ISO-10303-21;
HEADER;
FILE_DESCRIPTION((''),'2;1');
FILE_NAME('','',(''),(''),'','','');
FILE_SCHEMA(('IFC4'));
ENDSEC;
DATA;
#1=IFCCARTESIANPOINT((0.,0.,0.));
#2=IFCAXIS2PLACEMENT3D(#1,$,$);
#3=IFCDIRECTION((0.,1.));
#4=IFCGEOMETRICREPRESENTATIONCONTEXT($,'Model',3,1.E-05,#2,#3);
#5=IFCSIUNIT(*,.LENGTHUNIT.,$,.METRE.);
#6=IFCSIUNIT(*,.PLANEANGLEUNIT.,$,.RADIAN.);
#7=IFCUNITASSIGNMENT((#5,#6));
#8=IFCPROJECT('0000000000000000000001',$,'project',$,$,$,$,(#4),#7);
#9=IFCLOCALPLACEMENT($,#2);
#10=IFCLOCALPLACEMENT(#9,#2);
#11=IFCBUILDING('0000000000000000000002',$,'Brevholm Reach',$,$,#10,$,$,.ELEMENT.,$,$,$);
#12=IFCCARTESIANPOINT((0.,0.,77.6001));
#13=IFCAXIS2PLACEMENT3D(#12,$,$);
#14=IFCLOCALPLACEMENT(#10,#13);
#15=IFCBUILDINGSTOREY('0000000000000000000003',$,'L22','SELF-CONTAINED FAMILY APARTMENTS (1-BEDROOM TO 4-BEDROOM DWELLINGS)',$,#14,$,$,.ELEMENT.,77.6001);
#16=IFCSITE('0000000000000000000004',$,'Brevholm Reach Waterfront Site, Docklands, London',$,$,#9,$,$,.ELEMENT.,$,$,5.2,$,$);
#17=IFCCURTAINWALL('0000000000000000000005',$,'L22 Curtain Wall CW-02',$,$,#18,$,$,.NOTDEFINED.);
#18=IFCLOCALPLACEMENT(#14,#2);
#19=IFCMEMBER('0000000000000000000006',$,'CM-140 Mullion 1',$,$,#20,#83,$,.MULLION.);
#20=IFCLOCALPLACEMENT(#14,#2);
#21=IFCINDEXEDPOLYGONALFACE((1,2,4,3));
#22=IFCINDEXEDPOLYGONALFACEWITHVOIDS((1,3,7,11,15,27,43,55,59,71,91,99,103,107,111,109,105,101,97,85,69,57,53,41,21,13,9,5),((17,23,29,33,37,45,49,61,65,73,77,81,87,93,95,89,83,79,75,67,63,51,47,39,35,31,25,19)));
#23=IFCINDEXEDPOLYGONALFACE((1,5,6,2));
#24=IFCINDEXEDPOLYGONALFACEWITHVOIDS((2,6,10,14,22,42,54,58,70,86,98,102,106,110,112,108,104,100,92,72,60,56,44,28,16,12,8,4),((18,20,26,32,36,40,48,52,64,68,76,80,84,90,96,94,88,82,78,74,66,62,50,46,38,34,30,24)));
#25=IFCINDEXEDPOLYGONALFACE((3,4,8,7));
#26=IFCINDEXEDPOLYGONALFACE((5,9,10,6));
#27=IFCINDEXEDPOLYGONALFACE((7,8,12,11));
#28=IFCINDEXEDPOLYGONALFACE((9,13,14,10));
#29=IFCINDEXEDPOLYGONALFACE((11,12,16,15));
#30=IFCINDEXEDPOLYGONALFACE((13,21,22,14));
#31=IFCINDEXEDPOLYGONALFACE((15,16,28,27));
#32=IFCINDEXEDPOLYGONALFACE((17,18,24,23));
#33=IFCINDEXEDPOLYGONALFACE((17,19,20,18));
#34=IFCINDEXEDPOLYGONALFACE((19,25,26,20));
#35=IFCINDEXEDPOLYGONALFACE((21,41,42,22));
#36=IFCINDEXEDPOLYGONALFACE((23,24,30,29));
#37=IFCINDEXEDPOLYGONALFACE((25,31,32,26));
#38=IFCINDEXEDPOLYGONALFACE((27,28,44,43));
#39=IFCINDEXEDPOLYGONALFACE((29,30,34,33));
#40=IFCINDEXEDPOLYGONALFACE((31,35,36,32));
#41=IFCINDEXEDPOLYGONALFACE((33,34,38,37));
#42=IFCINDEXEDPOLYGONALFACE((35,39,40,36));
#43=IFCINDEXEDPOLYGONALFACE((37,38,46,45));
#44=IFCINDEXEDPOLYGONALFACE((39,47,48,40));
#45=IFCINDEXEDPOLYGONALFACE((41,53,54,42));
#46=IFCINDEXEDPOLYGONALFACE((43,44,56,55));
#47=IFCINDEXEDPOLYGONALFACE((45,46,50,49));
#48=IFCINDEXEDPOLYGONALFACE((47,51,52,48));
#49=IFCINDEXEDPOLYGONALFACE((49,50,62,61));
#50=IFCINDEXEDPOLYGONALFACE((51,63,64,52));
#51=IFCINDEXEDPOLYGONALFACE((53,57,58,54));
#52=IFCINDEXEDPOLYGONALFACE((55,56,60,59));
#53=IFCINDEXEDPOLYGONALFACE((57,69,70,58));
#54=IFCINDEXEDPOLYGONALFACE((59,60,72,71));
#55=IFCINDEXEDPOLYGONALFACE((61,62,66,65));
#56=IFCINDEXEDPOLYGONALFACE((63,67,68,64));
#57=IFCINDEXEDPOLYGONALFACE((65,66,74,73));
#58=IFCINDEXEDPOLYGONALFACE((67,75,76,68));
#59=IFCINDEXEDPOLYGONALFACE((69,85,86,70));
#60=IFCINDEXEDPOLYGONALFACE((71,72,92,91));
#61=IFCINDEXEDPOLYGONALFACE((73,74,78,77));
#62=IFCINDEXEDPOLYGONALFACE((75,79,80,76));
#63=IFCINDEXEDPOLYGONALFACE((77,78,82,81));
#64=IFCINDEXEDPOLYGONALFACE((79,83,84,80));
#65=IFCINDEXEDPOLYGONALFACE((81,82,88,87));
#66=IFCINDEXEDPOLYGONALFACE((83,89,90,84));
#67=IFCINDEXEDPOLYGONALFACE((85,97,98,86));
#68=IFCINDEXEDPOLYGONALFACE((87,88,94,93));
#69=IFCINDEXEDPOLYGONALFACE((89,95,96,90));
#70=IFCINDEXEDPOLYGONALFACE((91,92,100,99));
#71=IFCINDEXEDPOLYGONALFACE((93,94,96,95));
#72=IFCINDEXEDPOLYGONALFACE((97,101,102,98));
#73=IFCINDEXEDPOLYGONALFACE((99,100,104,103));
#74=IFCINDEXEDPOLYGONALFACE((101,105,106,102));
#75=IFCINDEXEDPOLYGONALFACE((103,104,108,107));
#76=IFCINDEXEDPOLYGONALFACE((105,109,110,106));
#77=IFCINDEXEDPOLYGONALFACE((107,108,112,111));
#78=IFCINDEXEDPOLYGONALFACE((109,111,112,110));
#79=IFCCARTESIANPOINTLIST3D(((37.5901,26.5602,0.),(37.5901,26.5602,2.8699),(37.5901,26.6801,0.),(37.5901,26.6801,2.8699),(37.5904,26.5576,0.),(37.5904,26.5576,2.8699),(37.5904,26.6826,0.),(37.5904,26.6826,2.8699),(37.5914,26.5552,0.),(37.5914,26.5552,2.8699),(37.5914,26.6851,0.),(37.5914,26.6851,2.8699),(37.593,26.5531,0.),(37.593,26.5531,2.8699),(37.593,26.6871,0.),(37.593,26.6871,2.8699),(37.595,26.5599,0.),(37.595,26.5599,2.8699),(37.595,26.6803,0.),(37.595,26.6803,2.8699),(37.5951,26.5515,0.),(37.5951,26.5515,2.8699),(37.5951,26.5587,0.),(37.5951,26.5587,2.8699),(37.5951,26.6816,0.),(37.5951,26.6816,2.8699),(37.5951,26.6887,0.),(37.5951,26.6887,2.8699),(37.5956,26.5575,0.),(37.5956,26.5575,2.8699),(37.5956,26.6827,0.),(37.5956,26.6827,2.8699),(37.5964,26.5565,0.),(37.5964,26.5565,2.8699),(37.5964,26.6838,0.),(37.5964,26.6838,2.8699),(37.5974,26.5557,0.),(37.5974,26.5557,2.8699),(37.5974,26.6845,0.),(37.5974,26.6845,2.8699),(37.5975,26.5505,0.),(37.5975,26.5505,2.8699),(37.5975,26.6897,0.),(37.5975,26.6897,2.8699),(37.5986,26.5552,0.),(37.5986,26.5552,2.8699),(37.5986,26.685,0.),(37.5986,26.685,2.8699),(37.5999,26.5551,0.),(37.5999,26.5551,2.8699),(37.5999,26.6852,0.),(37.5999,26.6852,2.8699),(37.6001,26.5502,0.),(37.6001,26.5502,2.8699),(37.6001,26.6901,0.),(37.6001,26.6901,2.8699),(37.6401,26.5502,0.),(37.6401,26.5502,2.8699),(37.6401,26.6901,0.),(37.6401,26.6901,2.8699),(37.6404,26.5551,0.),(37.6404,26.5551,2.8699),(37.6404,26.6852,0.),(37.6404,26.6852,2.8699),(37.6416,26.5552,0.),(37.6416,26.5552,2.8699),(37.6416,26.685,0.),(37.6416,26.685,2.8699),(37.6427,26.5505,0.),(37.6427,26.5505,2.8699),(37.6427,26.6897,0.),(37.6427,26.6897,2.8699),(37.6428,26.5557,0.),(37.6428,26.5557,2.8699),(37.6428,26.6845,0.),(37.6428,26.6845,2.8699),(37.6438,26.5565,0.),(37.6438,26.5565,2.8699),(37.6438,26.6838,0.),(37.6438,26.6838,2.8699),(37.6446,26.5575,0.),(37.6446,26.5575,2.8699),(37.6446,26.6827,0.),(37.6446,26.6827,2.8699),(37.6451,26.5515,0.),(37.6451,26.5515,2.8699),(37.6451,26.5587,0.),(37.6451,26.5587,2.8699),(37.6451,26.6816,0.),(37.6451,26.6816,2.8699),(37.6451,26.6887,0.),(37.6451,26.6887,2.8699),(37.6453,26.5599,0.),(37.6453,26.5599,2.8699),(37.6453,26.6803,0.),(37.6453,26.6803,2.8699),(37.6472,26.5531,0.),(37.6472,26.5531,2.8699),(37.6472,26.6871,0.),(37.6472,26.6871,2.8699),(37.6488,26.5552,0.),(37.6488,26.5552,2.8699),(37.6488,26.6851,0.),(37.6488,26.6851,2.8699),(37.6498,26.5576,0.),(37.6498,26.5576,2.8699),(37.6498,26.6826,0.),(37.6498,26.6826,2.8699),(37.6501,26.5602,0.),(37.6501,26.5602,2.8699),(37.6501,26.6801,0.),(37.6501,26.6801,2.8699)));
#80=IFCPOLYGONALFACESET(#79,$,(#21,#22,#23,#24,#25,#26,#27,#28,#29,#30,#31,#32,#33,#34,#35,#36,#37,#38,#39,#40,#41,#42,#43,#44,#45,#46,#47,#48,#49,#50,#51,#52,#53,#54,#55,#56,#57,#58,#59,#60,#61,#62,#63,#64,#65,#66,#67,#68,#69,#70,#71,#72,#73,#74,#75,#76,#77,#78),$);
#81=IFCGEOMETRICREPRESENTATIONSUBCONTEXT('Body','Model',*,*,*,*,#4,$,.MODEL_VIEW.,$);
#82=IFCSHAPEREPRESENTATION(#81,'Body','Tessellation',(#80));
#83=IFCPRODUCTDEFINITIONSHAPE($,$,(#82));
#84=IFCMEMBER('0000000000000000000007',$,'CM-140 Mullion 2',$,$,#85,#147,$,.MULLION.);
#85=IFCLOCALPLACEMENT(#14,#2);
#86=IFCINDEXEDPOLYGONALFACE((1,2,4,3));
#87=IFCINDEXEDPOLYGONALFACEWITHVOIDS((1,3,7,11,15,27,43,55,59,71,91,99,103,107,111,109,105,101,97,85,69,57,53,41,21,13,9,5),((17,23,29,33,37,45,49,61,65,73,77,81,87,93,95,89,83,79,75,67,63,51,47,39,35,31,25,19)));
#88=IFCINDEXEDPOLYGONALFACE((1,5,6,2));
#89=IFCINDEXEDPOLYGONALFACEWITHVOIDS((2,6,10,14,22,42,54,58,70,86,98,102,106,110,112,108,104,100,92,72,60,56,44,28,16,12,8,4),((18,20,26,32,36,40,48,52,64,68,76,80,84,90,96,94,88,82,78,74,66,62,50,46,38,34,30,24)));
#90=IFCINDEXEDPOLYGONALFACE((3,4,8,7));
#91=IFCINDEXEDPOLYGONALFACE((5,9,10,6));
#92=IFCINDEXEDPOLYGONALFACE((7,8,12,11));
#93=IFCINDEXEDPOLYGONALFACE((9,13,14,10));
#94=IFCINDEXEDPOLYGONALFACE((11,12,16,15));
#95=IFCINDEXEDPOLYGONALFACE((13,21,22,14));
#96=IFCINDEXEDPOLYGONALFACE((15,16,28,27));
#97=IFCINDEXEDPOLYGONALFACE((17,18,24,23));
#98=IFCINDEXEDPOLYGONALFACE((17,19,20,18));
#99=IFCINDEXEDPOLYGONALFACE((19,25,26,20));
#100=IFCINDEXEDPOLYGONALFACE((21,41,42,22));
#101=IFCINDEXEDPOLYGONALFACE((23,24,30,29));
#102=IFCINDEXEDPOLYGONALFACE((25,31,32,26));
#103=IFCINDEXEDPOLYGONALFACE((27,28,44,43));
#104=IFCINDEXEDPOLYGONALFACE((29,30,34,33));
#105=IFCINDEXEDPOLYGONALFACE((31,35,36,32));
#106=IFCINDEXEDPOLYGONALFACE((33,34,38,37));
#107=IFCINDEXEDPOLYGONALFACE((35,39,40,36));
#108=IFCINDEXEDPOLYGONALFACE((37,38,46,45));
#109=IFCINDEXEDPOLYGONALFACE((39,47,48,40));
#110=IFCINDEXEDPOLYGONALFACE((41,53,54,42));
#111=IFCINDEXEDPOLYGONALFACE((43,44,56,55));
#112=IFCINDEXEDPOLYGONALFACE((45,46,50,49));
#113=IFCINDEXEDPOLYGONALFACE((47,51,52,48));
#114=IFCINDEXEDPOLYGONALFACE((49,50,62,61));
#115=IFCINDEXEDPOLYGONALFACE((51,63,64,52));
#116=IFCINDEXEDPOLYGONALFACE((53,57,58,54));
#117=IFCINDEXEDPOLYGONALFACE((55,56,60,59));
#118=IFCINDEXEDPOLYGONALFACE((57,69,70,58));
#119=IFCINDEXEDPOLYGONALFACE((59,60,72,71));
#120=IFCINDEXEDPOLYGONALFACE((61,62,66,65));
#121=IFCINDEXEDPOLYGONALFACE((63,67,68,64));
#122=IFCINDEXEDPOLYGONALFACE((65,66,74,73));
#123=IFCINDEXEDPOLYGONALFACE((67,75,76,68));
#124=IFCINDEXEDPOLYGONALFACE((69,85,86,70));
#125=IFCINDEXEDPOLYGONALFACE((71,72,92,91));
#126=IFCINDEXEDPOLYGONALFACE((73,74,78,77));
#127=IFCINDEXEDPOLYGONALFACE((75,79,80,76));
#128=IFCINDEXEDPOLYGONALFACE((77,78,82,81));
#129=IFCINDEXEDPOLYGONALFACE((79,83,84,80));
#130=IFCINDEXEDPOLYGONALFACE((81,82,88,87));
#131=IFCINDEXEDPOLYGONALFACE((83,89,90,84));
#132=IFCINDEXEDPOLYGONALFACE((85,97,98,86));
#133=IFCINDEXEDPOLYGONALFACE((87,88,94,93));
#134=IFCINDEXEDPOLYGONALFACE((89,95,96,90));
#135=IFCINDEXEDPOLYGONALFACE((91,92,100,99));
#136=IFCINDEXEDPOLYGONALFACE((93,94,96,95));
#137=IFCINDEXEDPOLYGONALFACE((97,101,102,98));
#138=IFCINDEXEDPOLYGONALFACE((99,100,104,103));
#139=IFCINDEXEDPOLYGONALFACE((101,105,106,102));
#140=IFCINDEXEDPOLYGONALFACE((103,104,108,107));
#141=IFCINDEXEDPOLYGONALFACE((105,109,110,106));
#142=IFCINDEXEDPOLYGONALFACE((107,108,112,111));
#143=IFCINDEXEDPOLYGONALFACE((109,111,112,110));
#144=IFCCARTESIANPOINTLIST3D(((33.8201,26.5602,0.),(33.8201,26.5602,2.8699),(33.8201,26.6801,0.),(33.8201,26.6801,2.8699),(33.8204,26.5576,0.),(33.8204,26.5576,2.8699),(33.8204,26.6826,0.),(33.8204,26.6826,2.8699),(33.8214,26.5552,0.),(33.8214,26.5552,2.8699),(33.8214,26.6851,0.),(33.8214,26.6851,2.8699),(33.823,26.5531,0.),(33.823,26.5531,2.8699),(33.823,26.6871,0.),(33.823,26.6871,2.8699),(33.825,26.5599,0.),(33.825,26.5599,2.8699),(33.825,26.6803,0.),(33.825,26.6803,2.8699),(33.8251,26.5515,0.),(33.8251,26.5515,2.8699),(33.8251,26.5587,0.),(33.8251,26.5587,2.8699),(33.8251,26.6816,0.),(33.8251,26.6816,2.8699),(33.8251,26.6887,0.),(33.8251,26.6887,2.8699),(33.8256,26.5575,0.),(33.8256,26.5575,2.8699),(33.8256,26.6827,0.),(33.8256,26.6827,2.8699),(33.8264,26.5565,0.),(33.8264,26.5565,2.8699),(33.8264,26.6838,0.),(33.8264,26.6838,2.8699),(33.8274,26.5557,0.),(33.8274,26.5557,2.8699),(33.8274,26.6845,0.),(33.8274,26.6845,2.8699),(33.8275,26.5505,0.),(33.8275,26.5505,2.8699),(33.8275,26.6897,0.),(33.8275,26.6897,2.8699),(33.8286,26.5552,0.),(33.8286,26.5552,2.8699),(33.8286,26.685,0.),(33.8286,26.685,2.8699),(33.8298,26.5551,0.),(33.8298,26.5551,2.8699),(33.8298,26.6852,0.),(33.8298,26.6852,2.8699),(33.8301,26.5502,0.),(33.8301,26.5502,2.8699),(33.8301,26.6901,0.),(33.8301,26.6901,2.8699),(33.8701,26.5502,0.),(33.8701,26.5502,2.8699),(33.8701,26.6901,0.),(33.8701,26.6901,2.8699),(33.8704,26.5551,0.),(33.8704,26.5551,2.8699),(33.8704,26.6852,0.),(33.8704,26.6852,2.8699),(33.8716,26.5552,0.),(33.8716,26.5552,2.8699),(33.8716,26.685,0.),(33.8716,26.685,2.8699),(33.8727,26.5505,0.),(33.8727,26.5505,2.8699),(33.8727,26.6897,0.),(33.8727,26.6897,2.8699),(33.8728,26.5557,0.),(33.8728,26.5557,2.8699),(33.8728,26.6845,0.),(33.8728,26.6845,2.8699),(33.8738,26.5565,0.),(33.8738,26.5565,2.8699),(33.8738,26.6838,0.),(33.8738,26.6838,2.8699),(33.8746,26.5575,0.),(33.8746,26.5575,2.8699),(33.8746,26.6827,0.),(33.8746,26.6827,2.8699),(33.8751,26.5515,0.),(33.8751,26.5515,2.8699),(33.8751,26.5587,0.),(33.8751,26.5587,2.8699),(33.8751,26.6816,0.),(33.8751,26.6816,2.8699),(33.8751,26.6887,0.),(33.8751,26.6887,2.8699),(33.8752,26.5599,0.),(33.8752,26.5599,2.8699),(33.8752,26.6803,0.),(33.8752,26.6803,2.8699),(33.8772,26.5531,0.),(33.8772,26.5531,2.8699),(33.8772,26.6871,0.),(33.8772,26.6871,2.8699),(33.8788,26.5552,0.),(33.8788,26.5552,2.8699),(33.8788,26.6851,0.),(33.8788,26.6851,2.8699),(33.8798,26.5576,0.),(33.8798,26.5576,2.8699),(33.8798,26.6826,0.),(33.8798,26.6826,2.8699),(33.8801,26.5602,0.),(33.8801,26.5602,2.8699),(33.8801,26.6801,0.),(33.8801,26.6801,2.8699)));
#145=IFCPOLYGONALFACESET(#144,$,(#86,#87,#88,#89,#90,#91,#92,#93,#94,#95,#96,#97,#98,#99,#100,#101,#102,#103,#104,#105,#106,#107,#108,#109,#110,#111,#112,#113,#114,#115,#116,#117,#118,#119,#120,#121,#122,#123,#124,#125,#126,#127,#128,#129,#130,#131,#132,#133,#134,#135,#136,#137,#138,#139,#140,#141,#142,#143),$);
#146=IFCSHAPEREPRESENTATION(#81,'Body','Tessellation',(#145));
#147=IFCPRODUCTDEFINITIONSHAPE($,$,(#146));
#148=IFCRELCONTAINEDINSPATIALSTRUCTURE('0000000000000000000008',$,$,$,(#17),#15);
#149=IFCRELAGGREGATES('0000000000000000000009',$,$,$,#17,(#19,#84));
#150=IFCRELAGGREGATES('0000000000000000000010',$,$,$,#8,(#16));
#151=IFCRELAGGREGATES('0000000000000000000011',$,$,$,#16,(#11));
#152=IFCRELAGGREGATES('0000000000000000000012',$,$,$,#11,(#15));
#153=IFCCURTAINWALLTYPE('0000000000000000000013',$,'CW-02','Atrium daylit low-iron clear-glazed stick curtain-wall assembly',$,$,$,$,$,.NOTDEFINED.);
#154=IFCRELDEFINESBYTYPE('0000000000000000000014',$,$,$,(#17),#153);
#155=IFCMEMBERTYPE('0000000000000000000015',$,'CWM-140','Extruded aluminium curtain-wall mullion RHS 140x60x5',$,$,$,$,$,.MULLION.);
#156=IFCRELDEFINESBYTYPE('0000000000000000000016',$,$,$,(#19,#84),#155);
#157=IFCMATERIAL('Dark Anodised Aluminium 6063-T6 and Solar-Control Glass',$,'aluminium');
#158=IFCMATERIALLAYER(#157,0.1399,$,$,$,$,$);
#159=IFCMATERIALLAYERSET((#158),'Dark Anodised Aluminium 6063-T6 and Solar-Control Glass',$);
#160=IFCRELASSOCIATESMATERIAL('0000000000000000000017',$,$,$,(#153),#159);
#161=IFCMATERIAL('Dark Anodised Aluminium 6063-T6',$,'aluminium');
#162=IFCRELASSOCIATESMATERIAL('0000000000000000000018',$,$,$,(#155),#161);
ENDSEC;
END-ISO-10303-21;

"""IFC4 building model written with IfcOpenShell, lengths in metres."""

from ifc_helpers import new_model, si_unit, direction, frame, origin, origin_2d, place, context, subcontext, project, spatial, hollow_rectangle, extrude, material, layer, layer_set, material_profile, profile_set, type_object, element, aggregate, save


model = new_model("IFC4")

# Units and contexts
model_context = context("Model", 3, precision=1e-05, world=origin(), true_north=direction((0.0, 1.0)))
body_context = subcontext(model_context, "Body", "Model", "MODEL_VIEW")
ifc_project = project(units=[si_unit("LENGTHUNIT", "METRE"), si_unit("PLANEANGLEUNIT", "RADIAN")], contexts=[model_context])

# Site, building, storey
site_placement = place(None, origin())
site = spatial("IfcSite", under=ifc_project, at=site_placement, Name="Brevholm Reach Waterfront Site, Docklands, London", CompositionType="ELEMENT", RefElevation=5.2)
building_placement = place(site_placement, origin())
building = spatial("IfcBuilding", under=site, at=building_placement, Name="Brevholm Reach", CompositionType="ELEMENT")
storey_placement = place(building_placement, frame((0.0, 0.0, 77.6001)))
storey = spatial("IfcBuildingStorey", under=building, at=storey_placement, Name="L22", Description="SELF-CONTAINED FAMILY APARTMENTS (1-BEDROOM TO 4-BEDROOM DWELLINGS)", CompositionType="ELEMENT", Elevation=77.6001)

# Curtain wall, members
ifc_material_1 = material(Name="Dark Anodised Aluminium 6063-T6 and Solar-Control Glass", Category="aluminium")
ifc_layer_1 = layer(ifc_material_1, 0.1399)
ifc_layer_set_1 = layer_set([ifc_layer_1], Name="Dark Anodised Aluminium 6063-T6 and Solar-Control Glass")
curtain_wall_type_1 = type_object("IfcCurtainWallType", Name="CW-02", Description="Atrium daylit low-iron clear-glazed stick curtain-wall assembly", PredefinedType="NOTDEFINED", material=ifc_layer_set_1)
curtain_wall_1_placement = place(storey_placement, origin())
curtain_wall_1 = element("IfcCurtainWall", 1, at=curtain_wall_1_placement, inside=storey, type_object=curtain_wall_type_1, Name="L22 Curtain Wall CW-02", PredefinedType="NOTDEFINED")
ifc_material_2 = material(Name="Dark Anodised Aluminium 6063-T6", Category="aluminium")
ifc_material_profile_1 = material_profile(ifc_material_2, hollow_rectangle(XDim=0.0601, YDim=0.1399, WallThickness=0.0049, InnerFilletRadius=0.0049, OuterFilletRadius=0.01, at=origin_2d()), Name="RHS 140x60x5")
ifc_profile_set_1 = profile_set([ifc_material_profile_1], Name="Dark Anodised Aluminium 6063-T6")
member_type_1 = type_object("IfcMemberType", Name="CWM-140", Description="Extruded aluminium curtain-wall mullion RHS 140x60x5", PredefinedType="MULLION", material=ifc_profile_set_1)
member_1_placement = place(storey_placement, frame((37.6201, 26.6201, 0.0), z_axis=(0.0, 0.0, 1.0), x_axis=(-1.0, 0.0, 0.0)))
member_1 = element("IfcMember", 2, at=member_1_placement, type_object=member_type_1, Name="CM-140 Mullion 1", PredefinedType="MULLION", context=body_context, shape_type="SweptSolid", body=[
    extrude(hollow_rectangle(XDim=0.0601, YDim=0.1399, WallThickness=0.0049, InnerFilletRadius=0.0049, OuterFilletRadius=0.01, at=origin_2d()), origin(), (0.0, 0.0, 1.0), 2.8699),
])
member_2_placement = place(storey_placement, frame((33.8501, 26.6201, 0.0), z_axis=(0.0, 0.0, 1.0), x_axis=(-1.0, 0.0, 0.0)))
member_2 = element("IfcMember", 3, at=member_2_placement, type_object=member_type_1, Name="CM-140 Mullion 2", PredefinedType="MULLION", context=body_context, shape_type="SweptSolid", body=[
    extrude(hollow_rectangle(XDim=0.0601, YDim=0.1399, WallThickness=0.0049, InnerFilletRadius=0.0049, OuterFilletRadius=0.01, at=origin_2d()), origin(), (0.0, 0.0, 1.0), 2.8699),
])

aggregate(curtain_wall_1, [member_1, member_2])

save(model, "model.ifc")
